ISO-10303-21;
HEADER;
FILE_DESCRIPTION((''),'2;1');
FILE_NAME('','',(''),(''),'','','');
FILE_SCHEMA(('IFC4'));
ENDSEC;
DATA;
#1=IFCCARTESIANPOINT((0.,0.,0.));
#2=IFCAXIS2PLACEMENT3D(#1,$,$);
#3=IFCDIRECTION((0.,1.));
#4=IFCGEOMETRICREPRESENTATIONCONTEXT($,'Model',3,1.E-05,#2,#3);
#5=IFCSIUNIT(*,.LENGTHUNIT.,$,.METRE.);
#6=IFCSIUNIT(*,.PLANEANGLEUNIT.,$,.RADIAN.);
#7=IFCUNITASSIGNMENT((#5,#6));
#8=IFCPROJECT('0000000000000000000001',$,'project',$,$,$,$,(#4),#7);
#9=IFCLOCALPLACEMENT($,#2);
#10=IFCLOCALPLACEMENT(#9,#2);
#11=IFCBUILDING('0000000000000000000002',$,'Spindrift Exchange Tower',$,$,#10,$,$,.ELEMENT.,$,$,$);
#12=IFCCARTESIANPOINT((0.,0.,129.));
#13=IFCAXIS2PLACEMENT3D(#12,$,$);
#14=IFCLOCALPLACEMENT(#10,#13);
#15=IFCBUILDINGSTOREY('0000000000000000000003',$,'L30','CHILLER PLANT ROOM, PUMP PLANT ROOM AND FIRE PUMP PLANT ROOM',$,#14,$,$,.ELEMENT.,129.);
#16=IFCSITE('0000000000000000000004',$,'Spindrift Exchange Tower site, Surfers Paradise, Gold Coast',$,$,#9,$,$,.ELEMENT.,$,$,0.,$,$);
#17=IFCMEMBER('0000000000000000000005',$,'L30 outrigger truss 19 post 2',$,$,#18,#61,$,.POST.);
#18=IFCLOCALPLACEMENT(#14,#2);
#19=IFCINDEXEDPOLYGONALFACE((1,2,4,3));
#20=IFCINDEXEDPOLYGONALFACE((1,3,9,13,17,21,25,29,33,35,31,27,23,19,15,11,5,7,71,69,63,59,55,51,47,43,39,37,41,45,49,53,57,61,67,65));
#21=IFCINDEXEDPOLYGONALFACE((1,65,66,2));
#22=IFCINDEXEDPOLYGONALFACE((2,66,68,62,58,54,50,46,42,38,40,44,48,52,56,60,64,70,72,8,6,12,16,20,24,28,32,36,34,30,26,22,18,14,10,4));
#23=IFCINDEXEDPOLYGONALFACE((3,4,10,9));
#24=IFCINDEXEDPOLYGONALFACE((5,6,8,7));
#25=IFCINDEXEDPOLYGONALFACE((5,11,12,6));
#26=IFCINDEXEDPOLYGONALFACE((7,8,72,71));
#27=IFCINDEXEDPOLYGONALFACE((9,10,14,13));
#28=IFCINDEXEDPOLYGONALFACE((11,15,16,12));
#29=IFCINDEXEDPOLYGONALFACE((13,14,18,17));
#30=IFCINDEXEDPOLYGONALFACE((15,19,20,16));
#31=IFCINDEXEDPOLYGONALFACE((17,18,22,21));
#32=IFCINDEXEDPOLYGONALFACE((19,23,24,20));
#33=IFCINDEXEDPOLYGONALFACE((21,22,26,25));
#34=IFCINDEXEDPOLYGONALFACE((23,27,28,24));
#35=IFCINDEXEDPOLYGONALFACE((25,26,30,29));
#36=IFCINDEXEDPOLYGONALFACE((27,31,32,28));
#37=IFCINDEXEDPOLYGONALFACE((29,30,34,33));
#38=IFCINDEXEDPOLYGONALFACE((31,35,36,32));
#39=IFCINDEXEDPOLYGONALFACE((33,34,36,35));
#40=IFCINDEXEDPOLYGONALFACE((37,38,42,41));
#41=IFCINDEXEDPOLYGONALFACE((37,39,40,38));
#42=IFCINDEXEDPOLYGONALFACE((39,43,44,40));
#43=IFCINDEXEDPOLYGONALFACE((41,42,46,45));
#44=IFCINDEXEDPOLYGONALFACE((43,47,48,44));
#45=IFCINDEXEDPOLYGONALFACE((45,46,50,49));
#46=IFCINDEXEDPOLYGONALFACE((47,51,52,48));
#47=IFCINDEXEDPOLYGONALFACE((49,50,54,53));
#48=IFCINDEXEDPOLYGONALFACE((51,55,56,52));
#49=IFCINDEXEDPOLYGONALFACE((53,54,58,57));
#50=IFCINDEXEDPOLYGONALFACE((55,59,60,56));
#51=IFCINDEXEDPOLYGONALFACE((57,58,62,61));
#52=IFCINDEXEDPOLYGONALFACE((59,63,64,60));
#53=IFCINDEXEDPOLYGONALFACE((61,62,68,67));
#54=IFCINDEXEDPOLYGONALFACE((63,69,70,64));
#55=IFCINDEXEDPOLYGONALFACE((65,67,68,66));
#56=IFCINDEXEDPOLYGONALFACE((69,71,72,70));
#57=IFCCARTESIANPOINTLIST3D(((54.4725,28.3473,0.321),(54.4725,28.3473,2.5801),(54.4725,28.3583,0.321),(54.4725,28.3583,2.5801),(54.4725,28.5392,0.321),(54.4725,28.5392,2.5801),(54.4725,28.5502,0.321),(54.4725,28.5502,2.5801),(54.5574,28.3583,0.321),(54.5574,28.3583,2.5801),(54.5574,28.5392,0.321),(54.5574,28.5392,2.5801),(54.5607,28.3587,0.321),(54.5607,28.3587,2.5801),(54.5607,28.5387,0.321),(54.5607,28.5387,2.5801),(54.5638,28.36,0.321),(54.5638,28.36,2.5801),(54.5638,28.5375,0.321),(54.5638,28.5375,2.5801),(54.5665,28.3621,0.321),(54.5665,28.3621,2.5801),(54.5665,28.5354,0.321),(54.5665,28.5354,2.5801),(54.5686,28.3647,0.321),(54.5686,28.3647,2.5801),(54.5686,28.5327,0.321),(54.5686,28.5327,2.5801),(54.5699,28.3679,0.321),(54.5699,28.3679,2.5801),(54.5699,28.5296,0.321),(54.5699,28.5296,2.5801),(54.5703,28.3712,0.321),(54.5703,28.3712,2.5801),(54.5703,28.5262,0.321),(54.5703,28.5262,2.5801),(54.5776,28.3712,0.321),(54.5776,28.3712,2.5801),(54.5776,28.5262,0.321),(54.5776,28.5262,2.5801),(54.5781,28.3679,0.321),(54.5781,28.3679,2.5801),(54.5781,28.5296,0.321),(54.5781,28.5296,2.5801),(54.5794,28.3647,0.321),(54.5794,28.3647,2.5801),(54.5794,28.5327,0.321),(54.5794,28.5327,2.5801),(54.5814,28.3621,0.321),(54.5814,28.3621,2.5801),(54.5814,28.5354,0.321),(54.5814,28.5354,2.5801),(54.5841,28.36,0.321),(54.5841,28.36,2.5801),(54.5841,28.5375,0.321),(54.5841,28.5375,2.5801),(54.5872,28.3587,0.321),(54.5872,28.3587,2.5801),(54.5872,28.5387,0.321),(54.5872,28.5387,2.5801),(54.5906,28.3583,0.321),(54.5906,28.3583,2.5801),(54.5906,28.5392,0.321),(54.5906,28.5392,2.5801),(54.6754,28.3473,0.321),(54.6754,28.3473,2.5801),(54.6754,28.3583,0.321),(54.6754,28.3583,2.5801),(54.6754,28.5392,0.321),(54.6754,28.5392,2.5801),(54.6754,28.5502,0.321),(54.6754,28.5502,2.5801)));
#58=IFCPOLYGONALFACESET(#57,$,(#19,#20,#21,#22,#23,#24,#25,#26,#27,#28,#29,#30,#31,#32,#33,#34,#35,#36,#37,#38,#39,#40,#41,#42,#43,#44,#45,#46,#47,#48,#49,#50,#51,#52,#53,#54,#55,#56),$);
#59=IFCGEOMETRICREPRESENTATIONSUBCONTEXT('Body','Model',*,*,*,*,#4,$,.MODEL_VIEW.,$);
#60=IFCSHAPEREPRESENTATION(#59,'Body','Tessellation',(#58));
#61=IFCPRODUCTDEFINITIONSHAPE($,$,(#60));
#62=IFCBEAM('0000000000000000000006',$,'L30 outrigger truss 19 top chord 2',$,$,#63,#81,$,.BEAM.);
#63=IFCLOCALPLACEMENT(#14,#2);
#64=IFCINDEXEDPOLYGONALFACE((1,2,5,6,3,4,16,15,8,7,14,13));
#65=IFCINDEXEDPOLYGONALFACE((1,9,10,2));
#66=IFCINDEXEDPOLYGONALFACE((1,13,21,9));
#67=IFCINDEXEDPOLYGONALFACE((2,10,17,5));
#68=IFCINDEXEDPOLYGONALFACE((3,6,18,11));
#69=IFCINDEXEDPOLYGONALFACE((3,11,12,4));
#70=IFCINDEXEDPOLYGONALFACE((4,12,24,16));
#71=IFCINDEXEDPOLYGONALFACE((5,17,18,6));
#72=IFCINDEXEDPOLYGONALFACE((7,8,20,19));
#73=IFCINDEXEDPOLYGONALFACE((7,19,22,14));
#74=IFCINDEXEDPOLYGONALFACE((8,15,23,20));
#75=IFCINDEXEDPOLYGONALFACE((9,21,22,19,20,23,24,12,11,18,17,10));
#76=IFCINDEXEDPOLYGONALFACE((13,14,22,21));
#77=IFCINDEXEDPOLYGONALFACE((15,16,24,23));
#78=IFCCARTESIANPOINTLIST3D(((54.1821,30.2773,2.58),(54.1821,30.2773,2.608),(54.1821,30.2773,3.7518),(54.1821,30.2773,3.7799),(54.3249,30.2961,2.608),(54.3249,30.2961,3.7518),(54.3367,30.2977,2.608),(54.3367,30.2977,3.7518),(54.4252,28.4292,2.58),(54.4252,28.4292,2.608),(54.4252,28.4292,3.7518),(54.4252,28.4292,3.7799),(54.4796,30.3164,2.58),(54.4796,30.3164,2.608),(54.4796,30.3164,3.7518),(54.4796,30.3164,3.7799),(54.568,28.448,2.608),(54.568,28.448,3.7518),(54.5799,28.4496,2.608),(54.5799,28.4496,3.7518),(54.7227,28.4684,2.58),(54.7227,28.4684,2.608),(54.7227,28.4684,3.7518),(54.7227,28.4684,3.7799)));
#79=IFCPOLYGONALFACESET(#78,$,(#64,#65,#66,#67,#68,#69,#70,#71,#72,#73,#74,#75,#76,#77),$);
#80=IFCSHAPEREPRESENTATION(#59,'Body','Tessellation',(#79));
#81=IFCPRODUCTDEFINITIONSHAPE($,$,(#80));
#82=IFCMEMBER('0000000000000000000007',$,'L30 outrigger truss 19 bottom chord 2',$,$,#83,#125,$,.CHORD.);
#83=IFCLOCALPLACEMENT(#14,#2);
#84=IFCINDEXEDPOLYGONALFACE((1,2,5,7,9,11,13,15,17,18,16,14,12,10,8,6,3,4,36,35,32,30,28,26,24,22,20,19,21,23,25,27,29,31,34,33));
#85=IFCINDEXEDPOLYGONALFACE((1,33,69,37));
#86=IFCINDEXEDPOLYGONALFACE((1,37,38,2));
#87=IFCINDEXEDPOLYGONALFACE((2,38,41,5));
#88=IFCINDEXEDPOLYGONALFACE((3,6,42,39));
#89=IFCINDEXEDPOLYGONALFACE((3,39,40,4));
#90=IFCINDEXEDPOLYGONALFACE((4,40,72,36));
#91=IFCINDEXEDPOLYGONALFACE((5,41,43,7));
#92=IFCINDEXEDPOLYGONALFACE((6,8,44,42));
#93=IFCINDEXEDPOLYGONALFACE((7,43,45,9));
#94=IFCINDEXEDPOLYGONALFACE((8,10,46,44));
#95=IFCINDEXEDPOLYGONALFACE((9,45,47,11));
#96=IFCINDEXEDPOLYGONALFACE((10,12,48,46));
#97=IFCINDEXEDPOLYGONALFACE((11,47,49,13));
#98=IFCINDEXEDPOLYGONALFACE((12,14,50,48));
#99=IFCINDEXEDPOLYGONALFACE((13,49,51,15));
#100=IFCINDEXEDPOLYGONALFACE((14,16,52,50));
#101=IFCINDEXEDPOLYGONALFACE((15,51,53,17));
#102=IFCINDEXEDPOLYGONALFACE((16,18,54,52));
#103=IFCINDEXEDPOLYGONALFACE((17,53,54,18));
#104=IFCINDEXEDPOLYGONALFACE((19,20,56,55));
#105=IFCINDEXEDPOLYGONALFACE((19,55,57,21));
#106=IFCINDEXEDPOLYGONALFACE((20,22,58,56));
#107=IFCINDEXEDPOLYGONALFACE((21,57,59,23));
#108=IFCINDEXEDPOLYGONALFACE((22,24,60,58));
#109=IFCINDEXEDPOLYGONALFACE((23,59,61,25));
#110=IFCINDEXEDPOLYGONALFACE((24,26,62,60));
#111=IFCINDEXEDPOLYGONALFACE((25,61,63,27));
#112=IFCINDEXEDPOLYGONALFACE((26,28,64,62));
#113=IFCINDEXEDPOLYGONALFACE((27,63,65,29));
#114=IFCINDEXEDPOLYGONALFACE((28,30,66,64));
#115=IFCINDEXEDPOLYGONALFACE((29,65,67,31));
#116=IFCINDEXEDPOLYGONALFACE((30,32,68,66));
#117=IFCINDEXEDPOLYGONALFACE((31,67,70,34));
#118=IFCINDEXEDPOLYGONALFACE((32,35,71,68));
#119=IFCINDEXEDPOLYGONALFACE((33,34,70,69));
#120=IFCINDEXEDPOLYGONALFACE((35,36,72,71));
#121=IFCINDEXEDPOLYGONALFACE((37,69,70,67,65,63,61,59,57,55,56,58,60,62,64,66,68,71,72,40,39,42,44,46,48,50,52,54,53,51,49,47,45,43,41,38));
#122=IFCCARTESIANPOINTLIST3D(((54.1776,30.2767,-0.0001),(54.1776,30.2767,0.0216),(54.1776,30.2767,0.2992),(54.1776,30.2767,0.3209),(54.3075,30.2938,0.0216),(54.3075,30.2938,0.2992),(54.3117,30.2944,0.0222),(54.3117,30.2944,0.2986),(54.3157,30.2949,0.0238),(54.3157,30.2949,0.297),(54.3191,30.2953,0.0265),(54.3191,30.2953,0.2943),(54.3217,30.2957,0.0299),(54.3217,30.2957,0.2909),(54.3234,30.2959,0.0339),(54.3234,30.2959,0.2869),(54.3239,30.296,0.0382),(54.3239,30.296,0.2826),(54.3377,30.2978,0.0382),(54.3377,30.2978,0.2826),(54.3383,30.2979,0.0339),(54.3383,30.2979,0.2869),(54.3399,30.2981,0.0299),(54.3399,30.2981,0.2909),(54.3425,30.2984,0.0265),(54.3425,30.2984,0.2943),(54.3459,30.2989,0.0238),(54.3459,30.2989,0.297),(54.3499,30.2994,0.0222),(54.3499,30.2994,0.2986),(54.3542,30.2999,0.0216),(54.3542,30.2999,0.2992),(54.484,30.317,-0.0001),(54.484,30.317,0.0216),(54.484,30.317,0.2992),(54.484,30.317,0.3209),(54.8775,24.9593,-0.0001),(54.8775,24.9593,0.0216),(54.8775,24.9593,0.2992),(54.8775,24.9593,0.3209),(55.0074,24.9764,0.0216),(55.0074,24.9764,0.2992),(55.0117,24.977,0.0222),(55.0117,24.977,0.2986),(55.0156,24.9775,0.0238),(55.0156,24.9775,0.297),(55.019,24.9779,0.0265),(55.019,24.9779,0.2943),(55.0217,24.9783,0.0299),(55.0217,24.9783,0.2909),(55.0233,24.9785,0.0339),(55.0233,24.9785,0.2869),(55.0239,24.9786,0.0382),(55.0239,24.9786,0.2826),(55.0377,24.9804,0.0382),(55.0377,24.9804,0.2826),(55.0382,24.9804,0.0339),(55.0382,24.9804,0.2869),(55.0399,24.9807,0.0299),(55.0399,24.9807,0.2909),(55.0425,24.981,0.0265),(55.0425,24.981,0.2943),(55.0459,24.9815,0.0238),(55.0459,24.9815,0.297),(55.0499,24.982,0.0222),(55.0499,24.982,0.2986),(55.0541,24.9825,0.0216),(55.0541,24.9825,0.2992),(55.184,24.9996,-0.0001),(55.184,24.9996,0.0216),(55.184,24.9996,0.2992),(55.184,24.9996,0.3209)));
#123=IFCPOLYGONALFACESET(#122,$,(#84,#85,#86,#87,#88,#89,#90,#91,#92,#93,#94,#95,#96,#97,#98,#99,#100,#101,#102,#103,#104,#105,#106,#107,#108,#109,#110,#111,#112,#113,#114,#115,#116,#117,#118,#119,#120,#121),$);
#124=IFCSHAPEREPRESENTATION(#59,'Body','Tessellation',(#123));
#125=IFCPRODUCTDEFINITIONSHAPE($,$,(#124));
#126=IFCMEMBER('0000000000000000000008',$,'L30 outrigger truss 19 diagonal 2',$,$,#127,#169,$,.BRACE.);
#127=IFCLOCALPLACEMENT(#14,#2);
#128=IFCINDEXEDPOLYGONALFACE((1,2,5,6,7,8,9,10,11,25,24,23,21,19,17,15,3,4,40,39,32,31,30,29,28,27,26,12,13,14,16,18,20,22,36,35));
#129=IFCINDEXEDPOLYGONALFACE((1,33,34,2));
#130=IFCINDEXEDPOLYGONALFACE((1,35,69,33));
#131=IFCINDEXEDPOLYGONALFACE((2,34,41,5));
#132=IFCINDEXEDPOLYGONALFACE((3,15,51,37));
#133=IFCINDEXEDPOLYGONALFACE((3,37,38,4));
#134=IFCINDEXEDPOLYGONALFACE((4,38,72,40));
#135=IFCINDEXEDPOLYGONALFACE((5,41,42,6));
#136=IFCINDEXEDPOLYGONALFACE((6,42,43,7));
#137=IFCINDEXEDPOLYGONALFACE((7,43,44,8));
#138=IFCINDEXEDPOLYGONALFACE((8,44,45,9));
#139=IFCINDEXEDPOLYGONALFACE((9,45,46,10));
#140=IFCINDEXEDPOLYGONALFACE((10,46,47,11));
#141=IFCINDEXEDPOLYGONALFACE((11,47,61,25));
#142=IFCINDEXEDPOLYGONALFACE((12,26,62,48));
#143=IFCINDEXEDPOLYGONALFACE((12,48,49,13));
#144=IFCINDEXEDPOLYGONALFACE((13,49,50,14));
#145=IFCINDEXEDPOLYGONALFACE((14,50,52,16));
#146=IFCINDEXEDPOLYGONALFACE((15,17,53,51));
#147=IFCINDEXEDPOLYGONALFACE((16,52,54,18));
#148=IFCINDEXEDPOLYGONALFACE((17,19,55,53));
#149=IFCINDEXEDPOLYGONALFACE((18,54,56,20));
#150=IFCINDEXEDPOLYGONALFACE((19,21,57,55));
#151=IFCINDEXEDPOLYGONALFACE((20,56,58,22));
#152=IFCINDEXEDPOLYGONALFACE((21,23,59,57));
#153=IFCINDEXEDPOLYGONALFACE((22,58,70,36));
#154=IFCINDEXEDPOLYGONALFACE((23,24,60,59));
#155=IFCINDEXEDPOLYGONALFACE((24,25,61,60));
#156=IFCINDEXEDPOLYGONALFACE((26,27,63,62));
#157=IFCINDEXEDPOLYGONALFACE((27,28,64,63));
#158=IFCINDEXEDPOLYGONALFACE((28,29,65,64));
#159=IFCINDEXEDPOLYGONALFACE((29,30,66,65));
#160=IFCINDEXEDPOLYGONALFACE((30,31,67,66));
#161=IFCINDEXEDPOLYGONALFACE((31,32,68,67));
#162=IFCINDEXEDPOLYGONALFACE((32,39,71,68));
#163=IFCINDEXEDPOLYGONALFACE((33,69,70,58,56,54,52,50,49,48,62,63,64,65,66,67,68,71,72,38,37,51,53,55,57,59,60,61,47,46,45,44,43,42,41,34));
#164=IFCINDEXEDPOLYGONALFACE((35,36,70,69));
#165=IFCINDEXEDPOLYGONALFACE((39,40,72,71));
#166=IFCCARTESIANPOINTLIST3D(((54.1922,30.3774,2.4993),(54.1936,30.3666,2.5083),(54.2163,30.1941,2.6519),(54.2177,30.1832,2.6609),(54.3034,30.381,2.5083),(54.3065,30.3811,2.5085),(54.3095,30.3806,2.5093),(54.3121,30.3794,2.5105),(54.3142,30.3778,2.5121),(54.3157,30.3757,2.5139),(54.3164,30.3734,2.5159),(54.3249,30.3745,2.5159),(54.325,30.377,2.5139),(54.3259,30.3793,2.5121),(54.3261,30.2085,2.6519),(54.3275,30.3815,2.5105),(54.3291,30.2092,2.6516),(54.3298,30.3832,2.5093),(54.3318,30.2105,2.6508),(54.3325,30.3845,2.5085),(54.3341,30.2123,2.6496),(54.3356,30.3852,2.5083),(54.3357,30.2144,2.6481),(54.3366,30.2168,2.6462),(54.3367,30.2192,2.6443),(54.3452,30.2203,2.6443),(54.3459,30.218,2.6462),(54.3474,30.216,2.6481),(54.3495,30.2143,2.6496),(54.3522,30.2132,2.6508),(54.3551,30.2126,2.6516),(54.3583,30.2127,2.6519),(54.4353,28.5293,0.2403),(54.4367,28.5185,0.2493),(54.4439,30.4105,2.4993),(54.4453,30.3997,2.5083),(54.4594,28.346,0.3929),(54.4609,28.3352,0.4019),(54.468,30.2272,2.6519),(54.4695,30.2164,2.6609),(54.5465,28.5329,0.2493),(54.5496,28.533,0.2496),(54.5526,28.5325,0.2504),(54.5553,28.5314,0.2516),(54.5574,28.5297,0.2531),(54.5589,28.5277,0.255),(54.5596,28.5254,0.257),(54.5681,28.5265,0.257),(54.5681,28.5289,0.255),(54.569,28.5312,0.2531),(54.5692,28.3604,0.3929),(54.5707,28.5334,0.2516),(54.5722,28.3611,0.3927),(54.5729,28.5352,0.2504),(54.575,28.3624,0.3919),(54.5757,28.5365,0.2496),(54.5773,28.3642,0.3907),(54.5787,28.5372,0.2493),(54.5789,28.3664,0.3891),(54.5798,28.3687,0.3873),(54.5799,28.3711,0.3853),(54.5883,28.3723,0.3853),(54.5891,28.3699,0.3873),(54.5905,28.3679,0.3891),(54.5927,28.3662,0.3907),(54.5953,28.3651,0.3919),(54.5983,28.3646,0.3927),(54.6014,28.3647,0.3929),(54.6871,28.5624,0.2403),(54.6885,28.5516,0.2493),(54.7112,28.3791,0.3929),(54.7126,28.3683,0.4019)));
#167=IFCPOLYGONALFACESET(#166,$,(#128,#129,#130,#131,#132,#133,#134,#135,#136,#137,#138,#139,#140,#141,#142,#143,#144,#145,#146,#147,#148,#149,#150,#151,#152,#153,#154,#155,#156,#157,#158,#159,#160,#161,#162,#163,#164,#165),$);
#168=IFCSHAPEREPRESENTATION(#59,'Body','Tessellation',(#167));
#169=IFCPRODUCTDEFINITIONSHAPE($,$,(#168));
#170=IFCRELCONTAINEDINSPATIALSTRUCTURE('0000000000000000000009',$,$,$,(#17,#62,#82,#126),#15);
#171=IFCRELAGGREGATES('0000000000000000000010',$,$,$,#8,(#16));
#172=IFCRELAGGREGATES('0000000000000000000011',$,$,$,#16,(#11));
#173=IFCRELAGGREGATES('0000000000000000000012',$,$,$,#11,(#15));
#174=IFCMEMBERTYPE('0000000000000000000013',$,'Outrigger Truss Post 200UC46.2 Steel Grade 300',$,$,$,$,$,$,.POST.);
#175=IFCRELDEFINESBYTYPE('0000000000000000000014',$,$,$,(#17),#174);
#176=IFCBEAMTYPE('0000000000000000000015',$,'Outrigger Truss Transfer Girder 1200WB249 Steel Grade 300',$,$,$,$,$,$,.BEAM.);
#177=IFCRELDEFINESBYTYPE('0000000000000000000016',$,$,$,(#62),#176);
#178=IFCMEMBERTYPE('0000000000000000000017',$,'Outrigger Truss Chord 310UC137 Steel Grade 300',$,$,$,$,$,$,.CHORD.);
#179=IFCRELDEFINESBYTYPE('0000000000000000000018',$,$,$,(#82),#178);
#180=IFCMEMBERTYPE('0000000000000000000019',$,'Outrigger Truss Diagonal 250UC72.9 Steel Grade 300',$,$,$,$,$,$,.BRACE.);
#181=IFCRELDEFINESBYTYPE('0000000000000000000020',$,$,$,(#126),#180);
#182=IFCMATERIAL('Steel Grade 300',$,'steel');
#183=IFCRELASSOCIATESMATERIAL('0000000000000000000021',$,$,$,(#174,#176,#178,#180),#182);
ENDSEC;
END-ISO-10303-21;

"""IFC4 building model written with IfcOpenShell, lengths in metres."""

from ifc_helpers import new_model, si_unit, direction, frame, origin, origin_2d, place, context, subcontext, project, spatial, i_section, extrude, source, transform, mapped, material, material_profile, profile_set, type_object, element, save


model = new_model("IFC4")

# Units and contexts
model_context = context("Model", 3, precision=1e-05, world=origin(), true_north=direction((0.0, 1.0)))
body_context = subcontext(model_context, "Body", "Model", "MODEL_VIEW")
ifc_project = project(units=[si_unit("LENGTHUNIT", "METRE"), si_unit("PLANEANGLEUNIT", "RADIAN")], contexts=[model_context])

# Site, building, storey
site_placement = place(None, origin())
site = spatial("IfcSite", under=ifc_project, at=site_placement, Name="Spindrift Exchange Tower site, Surfers Paradise, Gold Coast", CompositionType="ELEMENT", RefElevation=0.0)
building_placement = place(site_placement, origin())
building = spatial("IfcBuilding", under=site, at=building_placement, Name="Spindrift Exchange Tower", CompositionType="ELEMENT")
storey_placement = place(building_placement, frame((0.0, 0.0, 129.0)))
storey = spatial("IfcBuildingStorey", under=building, at=storey_placement, Name="L30", Description="CHILLER PLANT ROOM, PUMP PLANT ROOM AND FIRE PUMP PLANT ROOM", CompositionType="ELEMENT", Elevation=129.0)

# Shared definitions
ifc_material_1 = material(Name="Steel Grade 300", Category="steel")

# Member
ifc_material_profile_1 = material_profile(ifc_material_1, i_section(OverallWidth=0.2029, OverallDepth=0.2029, WebThickness=0.0073, FlangeThickness=0.011, FilletRadius=0.0129, at=origin_2d()), Name="200UC46.2")
ifc_profile_set_1 = profile_set([ifc_material_profile_1], Name="Steel Grade 300")
member_type_1 = type_object("IfcMemberType", Name="Outrigger Truss Post 200UC46.2 Steel Grade 300", PredefinedType="POST", material=ifc_profile_set_1)
shared_shape_1 = source(origin(), body_context, "Body", "SweptSolid", [
    extrude(i_section(OverallWidth=0.2029, OverallDepth=0.2029, WebThickness=0.0073, FlangeThickness=0.011, FilletRadius=0.0129, at=origin_2d()), origin(), (0.0, 0.0, 1.0), 2.259),
])
member_1_placement = place(storey_placement, frame((54.574, 28.4487, 0.321), z_axis=(0.0, 0.0, 1.0), x_axis=(1.0, 0.0, 0.0)))
element("IfcMember", 1, at=member_1_placement, inside=storey, type_object=member_type_1, Name="L30 outrigger truss 19 post 2", PredefinedType="POST", context=body_context, shape_type="MappedRepresentation", body=[
    mapped(shared_shape_1, transform((0.0, 0.0, 0.0), scale=1.0)),
])

# Beam
ifc_material_profile_2 = material_profile(ifc_material_1, i_section(OverallWidth=0.3, OverallDepth=1.2, WebThickness=0.012, FlangeThickness=0.0281, at=origin_2d()), Name="1200WB249")
ifc_profile_set_2 = profile_set([ifc_material_profile_2], Name="Steel Grade 300")
beam_type_1 = type_object("IfcBeamType", Name="Outrigger Truss Transfer Girder 1200WB249 Steel Grade 300", PredefinedType="BEAM", material=ifc_profile_set_2)
shared_shape_2 = source(origin(), body_context, "Body", "SweptSolid", [
    extrude(i_section(OverallWidth=0.3, OverallDepth=1.2, WebThickness=0.012, FlangeThickness=0.0281, at=origin_2d()), origin(), (0.0, 0.0, 1.0), 1.864),
])
beam_1_placement = place(storey_placement, frame((54.3308, 30.2969, 3.1799), z_axis=(0.130448, -0.991455, 0.0), x_axis=(0.991455, 0.130448, 0.0)))
element("IfcBeam", 2, at=beam_1_placement, inside=storey, type_object=beam_type_1, Name="L30 outrigger truss 19 top chord 2", PredefinedType="BEAM", context=body_context, shape_type="MappedRepresentation", body=[
    mapped(shared_shape_2, transform((0.0, 0.0, 0.0), scale=1.0)),
])

# Members
ifc_material_profile_3 = material_profile(ifc_material_1, i_section(OverallWidth=0.3091, OverallDepth=0.321, WebThickness=0.0139, FlangeThickness=0.0217, FilletRadius=0.0166, at=origin_2d()), Name="310UC137")
ifc_profile_set_3 = profile_set([ifc_material_profile_3], Name="Steel Grade 300")
member_type_2 = type_object("IfcMemberType", Name="Outrigger Truss Chord 310UC137 Steel Grade 300", PredefinedType="CHORD", material=ifc_profile_set_3)
shared_shape_3 = source(origin(), body_context, "Body", "SweptSolid", [
    extrude(i_section(OverallWidth=0.3091, OverallDepth=0.321, WebThickness=0.0139, FlangeThickness=0.0217, FilletRadius=0.0166, at=origin_2d()), origin(), (0.0, 0.0, 1.0), 5.3633),
])
member_2_placement = place(storey_placement, frame((54.3308, 30.2969, 0.1604), z_axis=(0.130509, -0.991447, 0.0), x_axis=(0.991447, 0.130509, 0.0)))
element("IfcMember", 3, at=member_2_placement, inside=storey, type_object=member_type_2, Name="L30 outrigger truss 19 bottom chord 2", PredefinedType="CHORD", context=body_context, shape_type="MappedRepresentation", body=[
    mapped(shared_shape_3, transform((0.0, 0.0, 0.0), scale=1.0)),
])
ifc_material_profile_4 = material_profile(ifc_material_1, i_section(OverallWidth=0.2539, OverallDepth=0.2539, WebThickness=0.0085, FlangeThickness=0.0142, FilletRadius=0.012, at=origin_2d()), Name="250UC72.9")
ifc_profile_set_4 = profile_set([ifc_material_profile_4], Name="Steel Grade 300")
member_type_3 = type_object("IfcMemberType", Name="Outrigger Truss Diagonal 250UC72.9 Steel Grade 300", PredefinedType="BRACE", material=ifc_profile_set_4)
shared_shape_4 = source(origin(), body_context, "Body", "SweptSolid", [
    extrude(i_section(OverallWidth=0.2539, OverallDepth=0.2539, WebThickness=0.0085, FlangeThickness=0.0142, FilletRadius=0.012, at=origin_2d()), origin(), (0.0, 0.0, 1.0), 2.9287),
])
member_3_placement = place(storey_placement, frame((54.3308, 30.2969, 2.5801), z_axis=(0.083025, -0.63102, -0.771311), x_axis=(0.991455, 0.130448, 0.0)))
element("IfcMember", 4, at=member_3_placement, inside=storey, type_object=member_type_3, Name="L30 outrigger truss 19 diagonal 2", PredefinedType="BRACE", context=body_context, shape_type="MappedRepresentation", body=[
    mapped(shared_shape_4, transform((0.0, 0.0, 0.0), scale=1.0)),
])

save(model, "model.ifc")
